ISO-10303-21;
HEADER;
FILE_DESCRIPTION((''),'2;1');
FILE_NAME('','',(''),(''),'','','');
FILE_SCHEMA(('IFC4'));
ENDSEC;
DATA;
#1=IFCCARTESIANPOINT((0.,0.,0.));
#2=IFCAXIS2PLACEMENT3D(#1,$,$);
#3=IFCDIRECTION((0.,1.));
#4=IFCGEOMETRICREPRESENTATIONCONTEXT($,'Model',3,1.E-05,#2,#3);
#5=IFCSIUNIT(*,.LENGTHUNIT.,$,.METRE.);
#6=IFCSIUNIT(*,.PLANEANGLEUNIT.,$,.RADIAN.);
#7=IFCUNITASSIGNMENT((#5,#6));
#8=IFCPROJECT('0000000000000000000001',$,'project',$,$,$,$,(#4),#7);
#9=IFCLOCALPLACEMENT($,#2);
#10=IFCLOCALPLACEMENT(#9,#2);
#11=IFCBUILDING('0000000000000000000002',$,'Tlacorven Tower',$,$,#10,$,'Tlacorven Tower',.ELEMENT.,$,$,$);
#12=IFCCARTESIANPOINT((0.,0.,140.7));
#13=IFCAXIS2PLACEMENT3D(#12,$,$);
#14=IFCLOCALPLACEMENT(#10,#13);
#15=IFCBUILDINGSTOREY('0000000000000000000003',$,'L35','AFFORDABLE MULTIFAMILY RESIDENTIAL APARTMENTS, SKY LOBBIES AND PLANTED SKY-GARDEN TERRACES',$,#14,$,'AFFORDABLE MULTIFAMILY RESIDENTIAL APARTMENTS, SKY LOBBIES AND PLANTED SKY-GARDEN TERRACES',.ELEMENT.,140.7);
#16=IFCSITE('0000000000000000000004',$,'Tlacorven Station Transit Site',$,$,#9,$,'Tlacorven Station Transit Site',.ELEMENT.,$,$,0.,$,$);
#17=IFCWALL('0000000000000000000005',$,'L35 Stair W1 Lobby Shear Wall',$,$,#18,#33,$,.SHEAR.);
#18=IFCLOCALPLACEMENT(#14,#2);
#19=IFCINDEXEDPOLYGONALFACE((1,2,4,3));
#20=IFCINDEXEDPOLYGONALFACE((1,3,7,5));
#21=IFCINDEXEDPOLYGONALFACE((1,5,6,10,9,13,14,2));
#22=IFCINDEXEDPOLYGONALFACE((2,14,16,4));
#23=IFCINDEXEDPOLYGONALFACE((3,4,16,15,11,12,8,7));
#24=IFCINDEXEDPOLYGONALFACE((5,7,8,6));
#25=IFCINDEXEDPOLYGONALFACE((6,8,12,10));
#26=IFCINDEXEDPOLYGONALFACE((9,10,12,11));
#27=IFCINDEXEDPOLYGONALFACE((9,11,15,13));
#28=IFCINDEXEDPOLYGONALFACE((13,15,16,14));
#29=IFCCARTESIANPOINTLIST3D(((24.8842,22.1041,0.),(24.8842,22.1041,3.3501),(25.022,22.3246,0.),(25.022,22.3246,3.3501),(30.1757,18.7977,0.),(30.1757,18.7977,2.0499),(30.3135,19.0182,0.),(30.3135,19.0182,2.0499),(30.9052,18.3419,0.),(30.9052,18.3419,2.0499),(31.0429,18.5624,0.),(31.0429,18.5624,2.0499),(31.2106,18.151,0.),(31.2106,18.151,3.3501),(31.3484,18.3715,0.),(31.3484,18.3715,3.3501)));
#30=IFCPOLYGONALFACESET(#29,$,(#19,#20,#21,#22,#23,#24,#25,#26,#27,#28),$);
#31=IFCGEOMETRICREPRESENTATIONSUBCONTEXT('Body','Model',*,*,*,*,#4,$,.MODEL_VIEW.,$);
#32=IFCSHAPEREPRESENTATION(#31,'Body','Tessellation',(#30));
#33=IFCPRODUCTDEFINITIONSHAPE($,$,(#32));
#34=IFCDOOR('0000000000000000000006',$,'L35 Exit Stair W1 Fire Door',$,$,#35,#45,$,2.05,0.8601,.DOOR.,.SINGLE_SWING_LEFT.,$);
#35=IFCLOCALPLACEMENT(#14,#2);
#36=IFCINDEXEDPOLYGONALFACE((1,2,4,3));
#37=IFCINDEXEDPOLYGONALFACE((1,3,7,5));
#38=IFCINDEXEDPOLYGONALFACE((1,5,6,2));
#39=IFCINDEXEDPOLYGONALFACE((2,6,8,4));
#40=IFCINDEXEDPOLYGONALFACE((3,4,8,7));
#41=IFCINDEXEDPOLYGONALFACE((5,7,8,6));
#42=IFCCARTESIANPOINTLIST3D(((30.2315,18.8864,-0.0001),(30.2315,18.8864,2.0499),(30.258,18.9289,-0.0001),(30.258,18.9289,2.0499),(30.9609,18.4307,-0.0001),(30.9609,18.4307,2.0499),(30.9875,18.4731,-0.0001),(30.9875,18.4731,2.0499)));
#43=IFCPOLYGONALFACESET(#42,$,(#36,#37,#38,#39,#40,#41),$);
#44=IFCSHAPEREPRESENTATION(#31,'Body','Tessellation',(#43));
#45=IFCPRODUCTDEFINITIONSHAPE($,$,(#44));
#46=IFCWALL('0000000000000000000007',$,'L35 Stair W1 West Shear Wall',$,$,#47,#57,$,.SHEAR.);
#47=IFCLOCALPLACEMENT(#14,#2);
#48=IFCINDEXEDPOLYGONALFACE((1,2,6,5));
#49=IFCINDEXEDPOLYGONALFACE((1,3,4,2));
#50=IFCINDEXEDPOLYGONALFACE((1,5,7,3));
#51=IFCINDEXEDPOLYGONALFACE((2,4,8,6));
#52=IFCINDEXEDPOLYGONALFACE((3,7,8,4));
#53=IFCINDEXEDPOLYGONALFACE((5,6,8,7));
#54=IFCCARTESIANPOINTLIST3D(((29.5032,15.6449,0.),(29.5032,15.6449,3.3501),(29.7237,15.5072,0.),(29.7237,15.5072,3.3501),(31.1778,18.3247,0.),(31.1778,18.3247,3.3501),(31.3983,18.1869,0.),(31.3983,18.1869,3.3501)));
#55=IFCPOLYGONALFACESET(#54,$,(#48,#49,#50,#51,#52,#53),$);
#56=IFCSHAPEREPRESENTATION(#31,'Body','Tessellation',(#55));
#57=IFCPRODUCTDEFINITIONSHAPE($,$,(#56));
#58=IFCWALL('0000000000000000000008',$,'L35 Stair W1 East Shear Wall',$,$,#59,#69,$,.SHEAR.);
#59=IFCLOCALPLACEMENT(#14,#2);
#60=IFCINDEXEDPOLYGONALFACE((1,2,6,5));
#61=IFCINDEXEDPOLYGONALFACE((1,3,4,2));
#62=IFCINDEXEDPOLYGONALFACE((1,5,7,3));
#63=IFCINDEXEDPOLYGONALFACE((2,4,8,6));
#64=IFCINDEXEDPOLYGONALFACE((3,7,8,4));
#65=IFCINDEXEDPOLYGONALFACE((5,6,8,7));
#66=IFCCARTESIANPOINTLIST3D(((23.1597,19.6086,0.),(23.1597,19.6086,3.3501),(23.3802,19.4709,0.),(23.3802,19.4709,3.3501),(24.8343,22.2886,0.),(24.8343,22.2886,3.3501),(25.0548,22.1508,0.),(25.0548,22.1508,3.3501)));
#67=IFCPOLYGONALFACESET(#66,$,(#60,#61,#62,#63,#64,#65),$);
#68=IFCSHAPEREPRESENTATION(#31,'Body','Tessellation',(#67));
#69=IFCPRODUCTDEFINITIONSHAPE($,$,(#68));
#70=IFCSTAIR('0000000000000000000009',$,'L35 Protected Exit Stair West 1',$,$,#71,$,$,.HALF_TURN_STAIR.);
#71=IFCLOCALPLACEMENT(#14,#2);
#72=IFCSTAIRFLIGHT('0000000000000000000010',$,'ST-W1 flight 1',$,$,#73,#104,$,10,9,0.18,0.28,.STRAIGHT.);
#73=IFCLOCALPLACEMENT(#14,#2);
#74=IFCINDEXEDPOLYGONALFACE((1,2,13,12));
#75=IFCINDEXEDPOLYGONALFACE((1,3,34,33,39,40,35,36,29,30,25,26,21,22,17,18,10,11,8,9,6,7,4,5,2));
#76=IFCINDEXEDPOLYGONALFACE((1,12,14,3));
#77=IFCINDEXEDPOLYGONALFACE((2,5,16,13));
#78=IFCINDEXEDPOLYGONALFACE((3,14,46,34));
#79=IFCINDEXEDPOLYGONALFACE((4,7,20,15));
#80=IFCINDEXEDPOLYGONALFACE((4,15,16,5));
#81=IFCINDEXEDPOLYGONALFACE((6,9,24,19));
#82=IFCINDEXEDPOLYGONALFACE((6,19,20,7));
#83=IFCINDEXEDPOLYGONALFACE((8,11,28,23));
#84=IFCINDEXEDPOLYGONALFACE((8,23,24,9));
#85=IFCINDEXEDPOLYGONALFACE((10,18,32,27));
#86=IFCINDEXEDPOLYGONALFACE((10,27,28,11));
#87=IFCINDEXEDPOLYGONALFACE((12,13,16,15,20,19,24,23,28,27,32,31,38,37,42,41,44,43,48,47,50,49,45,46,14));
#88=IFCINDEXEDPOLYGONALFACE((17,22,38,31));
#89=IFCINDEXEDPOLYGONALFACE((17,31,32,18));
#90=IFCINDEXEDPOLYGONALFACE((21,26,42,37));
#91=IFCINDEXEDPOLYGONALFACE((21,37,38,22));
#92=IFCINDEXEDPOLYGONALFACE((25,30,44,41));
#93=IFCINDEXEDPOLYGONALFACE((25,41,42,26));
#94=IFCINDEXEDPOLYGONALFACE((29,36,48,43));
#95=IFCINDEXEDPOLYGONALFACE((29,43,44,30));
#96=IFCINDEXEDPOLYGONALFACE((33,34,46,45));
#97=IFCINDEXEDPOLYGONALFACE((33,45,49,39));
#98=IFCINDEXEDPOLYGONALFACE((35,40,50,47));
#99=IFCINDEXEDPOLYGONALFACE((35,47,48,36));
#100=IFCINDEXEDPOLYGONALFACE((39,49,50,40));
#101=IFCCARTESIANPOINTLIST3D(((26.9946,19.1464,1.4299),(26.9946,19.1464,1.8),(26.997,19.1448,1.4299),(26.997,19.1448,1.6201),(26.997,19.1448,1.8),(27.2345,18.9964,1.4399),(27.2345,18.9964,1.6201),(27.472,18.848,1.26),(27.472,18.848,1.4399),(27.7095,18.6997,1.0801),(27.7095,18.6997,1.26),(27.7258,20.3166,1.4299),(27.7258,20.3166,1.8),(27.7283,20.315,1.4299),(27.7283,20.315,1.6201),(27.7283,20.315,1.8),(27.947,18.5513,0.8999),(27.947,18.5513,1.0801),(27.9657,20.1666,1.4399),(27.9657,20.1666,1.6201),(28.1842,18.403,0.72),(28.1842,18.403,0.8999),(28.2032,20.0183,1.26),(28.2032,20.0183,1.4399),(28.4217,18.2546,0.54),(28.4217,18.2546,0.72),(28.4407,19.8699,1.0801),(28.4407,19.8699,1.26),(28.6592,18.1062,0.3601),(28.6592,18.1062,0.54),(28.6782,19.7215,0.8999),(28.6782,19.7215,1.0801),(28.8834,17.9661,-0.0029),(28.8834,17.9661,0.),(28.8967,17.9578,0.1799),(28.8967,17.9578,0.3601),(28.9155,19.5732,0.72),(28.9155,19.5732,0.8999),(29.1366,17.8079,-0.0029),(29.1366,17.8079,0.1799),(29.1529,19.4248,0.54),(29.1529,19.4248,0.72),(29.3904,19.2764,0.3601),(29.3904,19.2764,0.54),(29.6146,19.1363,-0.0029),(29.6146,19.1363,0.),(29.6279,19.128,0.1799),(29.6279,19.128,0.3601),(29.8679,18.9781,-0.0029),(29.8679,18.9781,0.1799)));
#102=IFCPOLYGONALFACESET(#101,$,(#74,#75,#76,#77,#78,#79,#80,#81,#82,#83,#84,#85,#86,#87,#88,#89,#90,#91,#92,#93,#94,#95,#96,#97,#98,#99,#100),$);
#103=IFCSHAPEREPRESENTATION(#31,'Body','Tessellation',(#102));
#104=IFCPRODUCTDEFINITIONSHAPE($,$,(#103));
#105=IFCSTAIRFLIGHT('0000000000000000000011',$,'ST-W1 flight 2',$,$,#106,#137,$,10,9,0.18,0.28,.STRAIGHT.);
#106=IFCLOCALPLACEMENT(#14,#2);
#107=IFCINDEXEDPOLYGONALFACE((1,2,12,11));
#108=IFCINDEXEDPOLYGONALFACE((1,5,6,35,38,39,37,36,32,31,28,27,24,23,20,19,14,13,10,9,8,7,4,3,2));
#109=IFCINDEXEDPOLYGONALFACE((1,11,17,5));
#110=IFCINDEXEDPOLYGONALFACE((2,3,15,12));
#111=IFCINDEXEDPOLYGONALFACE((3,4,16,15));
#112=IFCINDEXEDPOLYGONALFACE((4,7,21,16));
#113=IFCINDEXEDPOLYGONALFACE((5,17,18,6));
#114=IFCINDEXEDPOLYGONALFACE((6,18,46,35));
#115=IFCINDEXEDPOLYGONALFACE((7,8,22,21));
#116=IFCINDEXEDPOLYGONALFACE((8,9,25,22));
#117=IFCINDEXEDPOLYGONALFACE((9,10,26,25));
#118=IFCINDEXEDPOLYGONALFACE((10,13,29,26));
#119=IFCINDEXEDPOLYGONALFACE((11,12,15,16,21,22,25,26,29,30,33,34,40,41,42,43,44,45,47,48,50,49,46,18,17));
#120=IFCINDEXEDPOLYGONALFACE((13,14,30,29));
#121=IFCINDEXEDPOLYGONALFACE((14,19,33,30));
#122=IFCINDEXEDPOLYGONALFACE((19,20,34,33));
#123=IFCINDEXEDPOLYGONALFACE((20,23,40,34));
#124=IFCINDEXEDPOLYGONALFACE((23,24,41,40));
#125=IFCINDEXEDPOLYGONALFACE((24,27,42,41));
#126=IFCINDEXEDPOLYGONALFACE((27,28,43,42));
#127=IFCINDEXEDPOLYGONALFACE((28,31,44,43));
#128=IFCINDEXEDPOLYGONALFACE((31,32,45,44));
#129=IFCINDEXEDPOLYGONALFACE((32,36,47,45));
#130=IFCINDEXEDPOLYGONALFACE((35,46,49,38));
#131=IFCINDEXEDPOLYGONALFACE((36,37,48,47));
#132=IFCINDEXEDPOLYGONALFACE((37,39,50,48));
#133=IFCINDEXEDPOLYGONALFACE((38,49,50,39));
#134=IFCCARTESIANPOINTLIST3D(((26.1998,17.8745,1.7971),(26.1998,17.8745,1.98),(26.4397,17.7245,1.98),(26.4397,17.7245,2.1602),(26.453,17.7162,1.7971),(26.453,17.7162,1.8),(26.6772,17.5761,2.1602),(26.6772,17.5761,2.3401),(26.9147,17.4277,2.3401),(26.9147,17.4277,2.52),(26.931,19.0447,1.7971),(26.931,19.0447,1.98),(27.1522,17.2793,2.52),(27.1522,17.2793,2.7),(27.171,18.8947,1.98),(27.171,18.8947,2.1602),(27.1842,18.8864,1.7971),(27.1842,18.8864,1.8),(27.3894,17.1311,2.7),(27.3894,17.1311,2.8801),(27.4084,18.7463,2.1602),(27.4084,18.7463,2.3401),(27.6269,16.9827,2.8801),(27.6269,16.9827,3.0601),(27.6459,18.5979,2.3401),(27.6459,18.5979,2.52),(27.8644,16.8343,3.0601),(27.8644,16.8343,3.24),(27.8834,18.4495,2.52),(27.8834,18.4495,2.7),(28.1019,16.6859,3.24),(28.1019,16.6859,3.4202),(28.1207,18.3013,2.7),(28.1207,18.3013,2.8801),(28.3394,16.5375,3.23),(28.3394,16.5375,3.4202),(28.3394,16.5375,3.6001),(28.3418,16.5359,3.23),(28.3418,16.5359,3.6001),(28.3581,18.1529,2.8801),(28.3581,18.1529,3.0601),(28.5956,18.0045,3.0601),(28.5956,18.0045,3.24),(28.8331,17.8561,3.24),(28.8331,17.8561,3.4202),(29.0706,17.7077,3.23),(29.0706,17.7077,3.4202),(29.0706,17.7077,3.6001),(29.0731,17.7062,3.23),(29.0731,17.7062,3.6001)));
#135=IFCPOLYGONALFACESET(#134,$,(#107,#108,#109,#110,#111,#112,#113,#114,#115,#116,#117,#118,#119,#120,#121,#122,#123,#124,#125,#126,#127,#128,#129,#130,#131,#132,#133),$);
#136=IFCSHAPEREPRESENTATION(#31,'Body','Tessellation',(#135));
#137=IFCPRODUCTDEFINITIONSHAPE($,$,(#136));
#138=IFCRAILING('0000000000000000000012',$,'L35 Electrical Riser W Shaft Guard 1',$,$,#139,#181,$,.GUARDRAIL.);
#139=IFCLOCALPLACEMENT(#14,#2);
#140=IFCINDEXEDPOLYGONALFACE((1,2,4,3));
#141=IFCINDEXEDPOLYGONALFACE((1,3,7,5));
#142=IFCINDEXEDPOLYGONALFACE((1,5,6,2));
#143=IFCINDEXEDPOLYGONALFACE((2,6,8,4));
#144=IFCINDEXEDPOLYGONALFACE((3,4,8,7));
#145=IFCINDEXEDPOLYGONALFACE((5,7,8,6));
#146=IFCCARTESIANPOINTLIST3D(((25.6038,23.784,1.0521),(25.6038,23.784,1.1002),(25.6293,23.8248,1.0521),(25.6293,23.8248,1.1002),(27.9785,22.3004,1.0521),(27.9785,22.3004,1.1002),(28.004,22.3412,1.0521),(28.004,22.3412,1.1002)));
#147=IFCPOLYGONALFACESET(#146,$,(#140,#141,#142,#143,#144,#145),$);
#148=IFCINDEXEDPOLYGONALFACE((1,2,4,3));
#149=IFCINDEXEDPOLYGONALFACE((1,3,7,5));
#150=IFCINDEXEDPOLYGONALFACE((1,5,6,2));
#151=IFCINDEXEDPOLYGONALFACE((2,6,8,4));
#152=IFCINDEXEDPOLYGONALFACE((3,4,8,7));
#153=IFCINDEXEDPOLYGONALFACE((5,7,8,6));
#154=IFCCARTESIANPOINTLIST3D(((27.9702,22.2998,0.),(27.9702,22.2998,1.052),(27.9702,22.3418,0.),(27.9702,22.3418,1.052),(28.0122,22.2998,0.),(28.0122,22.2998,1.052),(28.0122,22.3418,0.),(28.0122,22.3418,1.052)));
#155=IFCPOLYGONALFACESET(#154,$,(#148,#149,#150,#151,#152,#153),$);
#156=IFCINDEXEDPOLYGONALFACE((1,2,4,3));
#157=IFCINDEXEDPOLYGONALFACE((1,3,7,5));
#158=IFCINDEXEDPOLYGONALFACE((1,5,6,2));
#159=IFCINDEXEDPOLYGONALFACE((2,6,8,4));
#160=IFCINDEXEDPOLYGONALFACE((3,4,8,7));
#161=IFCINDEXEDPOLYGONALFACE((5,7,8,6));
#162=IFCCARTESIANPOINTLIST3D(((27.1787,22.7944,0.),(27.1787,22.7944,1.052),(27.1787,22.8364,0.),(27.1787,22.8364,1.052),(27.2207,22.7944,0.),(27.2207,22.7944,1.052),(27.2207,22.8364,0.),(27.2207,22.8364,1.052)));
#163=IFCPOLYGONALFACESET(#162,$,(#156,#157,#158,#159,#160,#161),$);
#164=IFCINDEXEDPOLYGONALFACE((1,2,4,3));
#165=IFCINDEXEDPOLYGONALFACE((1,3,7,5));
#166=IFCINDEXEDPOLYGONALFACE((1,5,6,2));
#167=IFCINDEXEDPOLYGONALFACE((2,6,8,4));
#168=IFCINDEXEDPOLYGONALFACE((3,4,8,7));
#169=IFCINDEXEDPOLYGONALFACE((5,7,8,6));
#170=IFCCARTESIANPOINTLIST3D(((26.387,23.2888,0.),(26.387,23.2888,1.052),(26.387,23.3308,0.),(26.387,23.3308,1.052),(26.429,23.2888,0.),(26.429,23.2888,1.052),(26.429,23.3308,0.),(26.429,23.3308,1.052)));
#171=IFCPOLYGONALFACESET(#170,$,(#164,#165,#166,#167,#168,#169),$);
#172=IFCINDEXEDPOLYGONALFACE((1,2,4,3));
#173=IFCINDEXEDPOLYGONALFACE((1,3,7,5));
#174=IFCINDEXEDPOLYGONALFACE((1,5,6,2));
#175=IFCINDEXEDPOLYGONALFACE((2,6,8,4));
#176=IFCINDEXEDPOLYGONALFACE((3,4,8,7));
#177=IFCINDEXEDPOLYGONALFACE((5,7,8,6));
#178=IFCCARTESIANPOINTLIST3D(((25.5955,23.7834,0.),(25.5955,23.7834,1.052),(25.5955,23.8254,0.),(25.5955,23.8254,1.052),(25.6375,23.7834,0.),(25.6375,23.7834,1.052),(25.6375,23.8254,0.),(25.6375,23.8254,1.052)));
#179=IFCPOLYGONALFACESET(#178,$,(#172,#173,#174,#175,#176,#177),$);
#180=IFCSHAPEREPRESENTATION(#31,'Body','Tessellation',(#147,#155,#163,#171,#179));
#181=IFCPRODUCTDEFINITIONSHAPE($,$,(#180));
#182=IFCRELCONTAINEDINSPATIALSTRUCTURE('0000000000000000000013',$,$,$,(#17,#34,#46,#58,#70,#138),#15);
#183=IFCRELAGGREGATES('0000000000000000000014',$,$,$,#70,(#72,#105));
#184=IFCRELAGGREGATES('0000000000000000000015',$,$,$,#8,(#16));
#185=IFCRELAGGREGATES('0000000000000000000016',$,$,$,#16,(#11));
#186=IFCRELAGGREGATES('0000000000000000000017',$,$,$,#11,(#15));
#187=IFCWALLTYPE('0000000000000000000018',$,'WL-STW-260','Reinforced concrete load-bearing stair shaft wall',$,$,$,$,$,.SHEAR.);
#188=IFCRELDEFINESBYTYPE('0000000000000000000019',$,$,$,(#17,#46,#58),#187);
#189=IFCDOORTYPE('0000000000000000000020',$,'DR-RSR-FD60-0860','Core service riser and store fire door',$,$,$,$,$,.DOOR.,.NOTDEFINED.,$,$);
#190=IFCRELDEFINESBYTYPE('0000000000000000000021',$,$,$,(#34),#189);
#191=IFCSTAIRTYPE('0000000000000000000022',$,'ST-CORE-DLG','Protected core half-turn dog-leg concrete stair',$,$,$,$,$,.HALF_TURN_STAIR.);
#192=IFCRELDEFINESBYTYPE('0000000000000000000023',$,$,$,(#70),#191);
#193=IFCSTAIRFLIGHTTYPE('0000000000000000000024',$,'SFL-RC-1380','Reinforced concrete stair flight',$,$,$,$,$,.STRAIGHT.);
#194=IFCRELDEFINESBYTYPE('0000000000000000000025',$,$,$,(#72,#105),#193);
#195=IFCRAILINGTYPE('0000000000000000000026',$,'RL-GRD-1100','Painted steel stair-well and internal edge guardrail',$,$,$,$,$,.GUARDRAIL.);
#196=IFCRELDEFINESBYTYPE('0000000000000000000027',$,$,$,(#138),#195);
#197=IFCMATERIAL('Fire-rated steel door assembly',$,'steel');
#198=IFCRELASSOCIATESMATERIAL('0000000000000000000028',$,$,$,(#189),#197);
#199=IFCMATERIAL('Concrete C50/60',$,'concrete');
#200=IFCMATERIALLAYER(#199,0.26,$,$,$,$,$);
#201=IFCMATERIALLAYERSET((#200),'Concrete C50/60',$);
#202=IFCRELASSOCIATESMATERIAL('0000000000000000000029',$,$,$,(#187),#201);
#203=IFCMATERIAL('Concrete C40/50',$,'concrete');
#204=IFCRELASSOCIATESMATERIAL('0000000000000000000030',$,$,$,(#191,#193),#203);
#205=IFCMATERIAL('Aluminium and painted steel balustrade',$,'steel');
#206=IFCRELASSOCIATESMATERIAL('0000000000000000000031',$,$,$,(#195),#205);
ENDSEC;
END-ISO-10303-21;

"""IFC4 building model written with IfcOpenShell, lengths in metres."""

from ifc_helpers import new_model, si_unit, direction, frame, frame_2d, origin, origin_2d, place, context, subcontext, project, spatial, polyline, rectangle, outline, extrude, source, transform, mapped, material, layer, layer_set, type_object, element, fill, aggregate, save


model = new_model("IFC4")

# Units and contexts
model_context = context("Model", 3, precision=1e-05, world=origin(), true_north=direction((0.0, 1.0)))
body_context = subcontext(model_context, "Body", "Model", "MODEL_VIEW")
ifc_project = project(units=[si_unit("LENGTHUNIT", "METRE"), si_unit("PLANEANGLEUNIT", "RADIAN")], contexts=[model_context])

# Site, building, storey
site_placement = place(None, origin())
site = spatial("IfcSite", under=ifc_project, at=site_placement, Name="Tlacorven Station Transit Site", LongName="Tlacorven Station Transit Site", CompositionType="ELEMENT", RefElevation=0.0)
building_placement = place(site_placement, origin())
building = spatial("IfcBuilding", under=site, at=building_placement, Name="Tlacorven Tower", LongName="Tlacorven Tower", CompositionType="ELEMENT")
storey_placement = place(building_placement, frame((0.0, 0.0, 140.7)))
storey = spatial("IfcBuildingStorey", under=building, at=storey_placement, Name="L35", Description="AFFORDABLE MULTIFAMILY RESIDENTIAL APARTMENTS, SKY LOBBIES AND PLANTED SKY-GARDEN TERRACES", LongName="AFFORDABLE MULTIFAMILY RESIDENTIAL APARTMENTS, SKY LOBBIES AND PLANTED SKY-GARDEN TERRACES", CompositionType="ELEMENT", Elevation=140.7)

# Shared definitions
ifc_material_1 = material(Name="Concrete C40/50", Category="concrete")
ifc_material_2 = material(Name="Fire-rated steel door assembly", Category="steel")

# Shared definitions
door_type_1 = type_object("IfcDoorType", Name="DR-RSR-FD60-0860", Description="Core service riser and store fire door", OperationType="NOTDEFINED", PredefinedType="DOOR", material=ifc_material_2)
shared_shape_1 = source(origin(), body_context, "Body", "SweptSolid", [
    extrude(rectangle(XDim=0.8601, YDim=2.05, at=frame_2d((0.4302, 1.0249))), frame((0.0, 0.0249, 0.0), z_axis=(0.0, -1.0, 0.0), x_axis=(1.0, 0.0, 0.0)), (0.0, 0.0, 1.0), 0.05),
])

# Wall, opening, door
ifc_material_3 = material(Name="Concrete C50/60", Category="concrete")
ifc_layer_1 = layer(ifc_material_3, 0.26)
ifc_layer_set_1 = layer_set([ifc_layer_1], Name="Concrete C50/60")
wall_type_1 = type_object("IfcWallType", Name="WL-STW-260", Description="Reinforced concrete load-bearing stair shaft wall", PredefinedType="SHEAR", material=ifc_layer_set_1)
wall_1_placement = place(storey_placement, frame((31.2795, 18.2612, 0.0), z_axis=(0.0, 0.0, 1.0), x_axis=(-0.848052, 0.529914, 0.0)))
wall_1 = element("IfcWall", 1, at=wall_1_placement, inside=storey, type_object=wall_type_1, Name="L35 Stair W1 Lobby Shear Wall", PredefinedType="SHEAR", context=body_context, shape_type="SweptSolid", body=[
    extrude(rectangle(XDim=7.46, YDim=0.26, at=frame_2d((3.73, 0.0))), origin(), (0.0, 0.0, 1.0), 3.3501),
])
opening_1_placement = place(wall_1_placement, frame((0.3601, 0.0, 0.0)))
opening_1 = element("IfcOpeningElement", 2, at=opening_1_placement, cuts=wall_1, PredefinedType="OPENING", context=body_context, shape_type="SweptSolid", body=[
    extrude(rectangle(XDim=0.8601, YDim=2.05, at=frame_2d((0.4302, 1.0249))), frame((0.0, 0.1401, 0.0), z_axis=(0.0, -1.0, 0.0), x_axis=(1.0, 0.0, 0.0)), (0.0, 0.0, 1.0), 0.28),
])
door_1_placement = place(opening_1_placement, frame((0.8601, 0.0, 0.0), z_axis=(0.0, 0.0, 1.0), x_axis=(-1.0, 0.0, 0.0)))
door_1 = element("IfcDoor", 3, at=door_1_placement, inside=storey, type_object=door_type_1, Name="L35 Exit Stair W1 Fire Door", OperationType="SINGLE_SWING_LEFT", OverallHeight=2.05, OverallWidth=0.8601, PredefinedType="DOOR", context=body_context, shape_type="MappedRepresentation", body=[
    mapped(shared_shape_1, transform((0.0, 0.0, 0.0), scale=1.0)),
])
fill(opening_1, door_1)

# Walls
wall_2_placement = place(storey_placement, frame((31.2881, 18.2559, 0.0), z_axis=(0.0, 0.0, 1.0), x_axis=(-0.529943, -0.848033, 0.0)))
element("IfcWall", 4, at=wall_2_placement, inside=storey, type_object=wall_type_1, Name="L35 Stair W1 West Shear Wall", PredefinedType="SHEAR", context=body_context, shape_type="SweptSolid", body=[
    extrude(rectangle(XDim=3.1599, YDim=0.26, at=frame_2d((1.5801, 0.0))), origin(), (0.0, 0.0, 1.0), 3.3501),
])
wall_3_placement = place(storey_placement, frame((24.9446, 22.2197, 0.0), z_axis=(0.0, 0.0, 1.0), x_axis=(-0.529909, -0.848055, 0.0)))
element("IfcWall", 5, at=wall_3_placement, inside=storey, type_object=wall_type_1, Name="L35 Stair W1 East Shear Wall", PredefinedType="SHEAR", context=body_context, shape_type="SweptSolid", body=[
    extrude(rectangle(XDim=3.1602, YDim=0.26, at=frame_2d((1.5801, 0.0))), origin(), (0.0, 0.0, 1.0), 3.3501),
])

# Stair, stair flights
stair_type = type_object("IfcStairType", Name="ST-CORE-DLG", Description="Protected core half-turn dog-leg concrete stair", PredefinedType="HALF_TURN_STAIR", material=ifc_material_1)
stair_placement = place(storey_placement, origin())
stair = element("IfcStair", 6, at=stair_placement, inside=storey, type_object=stair_type, Name="L35 Protected Exit Stair West 1", PredefinedType="HALF_TURN_STAIR")
stair_flight_type = type_object("IfcStairFlightType", Name="SFL-RC-1380", Description="Reinforced concrete stair flight", PredefinedType="STRAIGHT", material=ifc_material_1)
shared_shape_2 = source(origin(), body_context, "Body", "SweptSolid", [
    extrude(outline(polyline([(-0.0029, -0.0029), (-0.0029, 0.1799), (0.28, 0.1799), (0.28, 0.3601), (0.5601, 0.3601), (0.5601, 0.54), (0.8401, 0.54), (0.8401, 0.72), (1.1201, 0.72), (1.1201, 0.8999), (1.3999, 0.8999), (1.3999, 1.0801), (1.6799, 1.0801), (1.6799, 1.26), (1.96, 1.26), (1.96, 1.4399), (2.24, 1.4399), (2.24, 1.6201), (2.52, 1.6201), (2.52, 1.8), (2.5229, 1.8), (2.5229, 1.4299), (2.52, 1.4299), (0.2957, 0.0), (0.2957, -0.0029), (-0.0029, -0.0029)])), frame((0.0, 0.6899, 0.0), z_axis=(0.0, -1.0, 0.0), x_axis=(1.0, 0.0, 0.0)), (0.0, 0.0, 1.0), 1.3799),
])
stair_flight_1_placement = place(storey_placement, frame((29.4998, 18.3945, 0.0), z_axis=(0.0, 0.0, 1.0), x_axis=(-0.848048, 0.529919, 0.0)))
stair_flight_1 = element("IfcStairFlight", 7, at=stair_flight_1_placement, type_object=stair_flight_type, Name="ST-W1 flight 1", NumberOfRisers=10, NumberOfTreads=9, PredefinedType="STRAIGHT", RiserHeight=0.18, TreadLength=0.28, context=body_context, shape_type="MappedRepresentation", body=[
    mapped(shared_shape_2, transform((0.0, 0.0, 0.0), scale=1.0)),
])
stair_flight_2_placement = place(storey_placement, frame((26.5679, 18.458, 1.8), z_axis=(0.0, 0.0, 1.0), x_axis=(0.848048, -0.529919, 0.0)))
stair_flight_2 = element("IfcStairFlight", 8, at=stair_flight_2_placement, type_object=stair_flight_type, Name="ST-W1 flight 2", NumberOfRisers=10, NumberOfTreads=9, PredefinedType="STRAIGHT", RiserHeight=0.18, TreadLength=0.28, context=body_context, shape_type="MappedRepresentation", body=[
    mapped(shared_shape_2, transform((0.0, 0.0, 0.0), scale=1.0)),
])
aggregate(stair, [stair_flight_1, stair_flight_2])

# Railing
ifc_material_4 = material(Name="Aluminium and painted steel balustrade", Category="steel")
railing_type_1 = type_object("IfcRailingType", Name="RL-GRD-1100", Description="Painted steel stair-well and internal edge guardrail", PredefinedType="GUARDRAIL", material=ifc_material_4)
shared_shape_3 = source(origin(), body_context, "Body", "SweptSolid", [
    extrude(rectangle(XDim=0.0481, YDim=0.0481, at=origin_2d()), frame((0.0, 0.0, 1.0762), z_axis=(-0.848091, 0.52985, 0.0), x_axis=(-0.52985, -0.848091, 0.0)), (0.0, 0.0, 1.0), 2.8),
    extrude(rectangle(XDim=0.042, YDim=0.042, at=origin_2d()), origin(), (0.0, 0.0, 1.0), 1.052),
    extrude(rectangle(XDim=0.042, YDim=0.042, at=origin_2d()), frame((-0.7915, 0.4946, 0.0)), (0.0, 0.0, 1.0), 1.052),
    extrude(rectangle(XDim=0.042, YDim=0.042, at=origin_2d()), frame((-1.5833, 0.989, 0.0)), (0.0, 0.0, 1.0), 1.052),
    extrude(rectangle(XDim=0.042, YDim=0.042, at=origin_2d()), frame((-2.3748, 1.4836, 0.0)), (0.0, 0.0, 1.0), 1.052),
])
railing_1_placement = place(storey_placement, frame((27.9912, 22.3208, 0.0)))
element("IfcRailing", 9, at=railing_1_placement, inside=storey, type_object=railing_type_1, Name="L35 Electrical Riser W Shaft Guard 1", PredefinedType="GUARDRAIL", context=body_context, shape_type="MappedRepresentation", body=[
    mapped(shared_shape_3, transform((0.0, 0.0, 0.0), scale=1.0)),
])

save(model, "model.ifc")
